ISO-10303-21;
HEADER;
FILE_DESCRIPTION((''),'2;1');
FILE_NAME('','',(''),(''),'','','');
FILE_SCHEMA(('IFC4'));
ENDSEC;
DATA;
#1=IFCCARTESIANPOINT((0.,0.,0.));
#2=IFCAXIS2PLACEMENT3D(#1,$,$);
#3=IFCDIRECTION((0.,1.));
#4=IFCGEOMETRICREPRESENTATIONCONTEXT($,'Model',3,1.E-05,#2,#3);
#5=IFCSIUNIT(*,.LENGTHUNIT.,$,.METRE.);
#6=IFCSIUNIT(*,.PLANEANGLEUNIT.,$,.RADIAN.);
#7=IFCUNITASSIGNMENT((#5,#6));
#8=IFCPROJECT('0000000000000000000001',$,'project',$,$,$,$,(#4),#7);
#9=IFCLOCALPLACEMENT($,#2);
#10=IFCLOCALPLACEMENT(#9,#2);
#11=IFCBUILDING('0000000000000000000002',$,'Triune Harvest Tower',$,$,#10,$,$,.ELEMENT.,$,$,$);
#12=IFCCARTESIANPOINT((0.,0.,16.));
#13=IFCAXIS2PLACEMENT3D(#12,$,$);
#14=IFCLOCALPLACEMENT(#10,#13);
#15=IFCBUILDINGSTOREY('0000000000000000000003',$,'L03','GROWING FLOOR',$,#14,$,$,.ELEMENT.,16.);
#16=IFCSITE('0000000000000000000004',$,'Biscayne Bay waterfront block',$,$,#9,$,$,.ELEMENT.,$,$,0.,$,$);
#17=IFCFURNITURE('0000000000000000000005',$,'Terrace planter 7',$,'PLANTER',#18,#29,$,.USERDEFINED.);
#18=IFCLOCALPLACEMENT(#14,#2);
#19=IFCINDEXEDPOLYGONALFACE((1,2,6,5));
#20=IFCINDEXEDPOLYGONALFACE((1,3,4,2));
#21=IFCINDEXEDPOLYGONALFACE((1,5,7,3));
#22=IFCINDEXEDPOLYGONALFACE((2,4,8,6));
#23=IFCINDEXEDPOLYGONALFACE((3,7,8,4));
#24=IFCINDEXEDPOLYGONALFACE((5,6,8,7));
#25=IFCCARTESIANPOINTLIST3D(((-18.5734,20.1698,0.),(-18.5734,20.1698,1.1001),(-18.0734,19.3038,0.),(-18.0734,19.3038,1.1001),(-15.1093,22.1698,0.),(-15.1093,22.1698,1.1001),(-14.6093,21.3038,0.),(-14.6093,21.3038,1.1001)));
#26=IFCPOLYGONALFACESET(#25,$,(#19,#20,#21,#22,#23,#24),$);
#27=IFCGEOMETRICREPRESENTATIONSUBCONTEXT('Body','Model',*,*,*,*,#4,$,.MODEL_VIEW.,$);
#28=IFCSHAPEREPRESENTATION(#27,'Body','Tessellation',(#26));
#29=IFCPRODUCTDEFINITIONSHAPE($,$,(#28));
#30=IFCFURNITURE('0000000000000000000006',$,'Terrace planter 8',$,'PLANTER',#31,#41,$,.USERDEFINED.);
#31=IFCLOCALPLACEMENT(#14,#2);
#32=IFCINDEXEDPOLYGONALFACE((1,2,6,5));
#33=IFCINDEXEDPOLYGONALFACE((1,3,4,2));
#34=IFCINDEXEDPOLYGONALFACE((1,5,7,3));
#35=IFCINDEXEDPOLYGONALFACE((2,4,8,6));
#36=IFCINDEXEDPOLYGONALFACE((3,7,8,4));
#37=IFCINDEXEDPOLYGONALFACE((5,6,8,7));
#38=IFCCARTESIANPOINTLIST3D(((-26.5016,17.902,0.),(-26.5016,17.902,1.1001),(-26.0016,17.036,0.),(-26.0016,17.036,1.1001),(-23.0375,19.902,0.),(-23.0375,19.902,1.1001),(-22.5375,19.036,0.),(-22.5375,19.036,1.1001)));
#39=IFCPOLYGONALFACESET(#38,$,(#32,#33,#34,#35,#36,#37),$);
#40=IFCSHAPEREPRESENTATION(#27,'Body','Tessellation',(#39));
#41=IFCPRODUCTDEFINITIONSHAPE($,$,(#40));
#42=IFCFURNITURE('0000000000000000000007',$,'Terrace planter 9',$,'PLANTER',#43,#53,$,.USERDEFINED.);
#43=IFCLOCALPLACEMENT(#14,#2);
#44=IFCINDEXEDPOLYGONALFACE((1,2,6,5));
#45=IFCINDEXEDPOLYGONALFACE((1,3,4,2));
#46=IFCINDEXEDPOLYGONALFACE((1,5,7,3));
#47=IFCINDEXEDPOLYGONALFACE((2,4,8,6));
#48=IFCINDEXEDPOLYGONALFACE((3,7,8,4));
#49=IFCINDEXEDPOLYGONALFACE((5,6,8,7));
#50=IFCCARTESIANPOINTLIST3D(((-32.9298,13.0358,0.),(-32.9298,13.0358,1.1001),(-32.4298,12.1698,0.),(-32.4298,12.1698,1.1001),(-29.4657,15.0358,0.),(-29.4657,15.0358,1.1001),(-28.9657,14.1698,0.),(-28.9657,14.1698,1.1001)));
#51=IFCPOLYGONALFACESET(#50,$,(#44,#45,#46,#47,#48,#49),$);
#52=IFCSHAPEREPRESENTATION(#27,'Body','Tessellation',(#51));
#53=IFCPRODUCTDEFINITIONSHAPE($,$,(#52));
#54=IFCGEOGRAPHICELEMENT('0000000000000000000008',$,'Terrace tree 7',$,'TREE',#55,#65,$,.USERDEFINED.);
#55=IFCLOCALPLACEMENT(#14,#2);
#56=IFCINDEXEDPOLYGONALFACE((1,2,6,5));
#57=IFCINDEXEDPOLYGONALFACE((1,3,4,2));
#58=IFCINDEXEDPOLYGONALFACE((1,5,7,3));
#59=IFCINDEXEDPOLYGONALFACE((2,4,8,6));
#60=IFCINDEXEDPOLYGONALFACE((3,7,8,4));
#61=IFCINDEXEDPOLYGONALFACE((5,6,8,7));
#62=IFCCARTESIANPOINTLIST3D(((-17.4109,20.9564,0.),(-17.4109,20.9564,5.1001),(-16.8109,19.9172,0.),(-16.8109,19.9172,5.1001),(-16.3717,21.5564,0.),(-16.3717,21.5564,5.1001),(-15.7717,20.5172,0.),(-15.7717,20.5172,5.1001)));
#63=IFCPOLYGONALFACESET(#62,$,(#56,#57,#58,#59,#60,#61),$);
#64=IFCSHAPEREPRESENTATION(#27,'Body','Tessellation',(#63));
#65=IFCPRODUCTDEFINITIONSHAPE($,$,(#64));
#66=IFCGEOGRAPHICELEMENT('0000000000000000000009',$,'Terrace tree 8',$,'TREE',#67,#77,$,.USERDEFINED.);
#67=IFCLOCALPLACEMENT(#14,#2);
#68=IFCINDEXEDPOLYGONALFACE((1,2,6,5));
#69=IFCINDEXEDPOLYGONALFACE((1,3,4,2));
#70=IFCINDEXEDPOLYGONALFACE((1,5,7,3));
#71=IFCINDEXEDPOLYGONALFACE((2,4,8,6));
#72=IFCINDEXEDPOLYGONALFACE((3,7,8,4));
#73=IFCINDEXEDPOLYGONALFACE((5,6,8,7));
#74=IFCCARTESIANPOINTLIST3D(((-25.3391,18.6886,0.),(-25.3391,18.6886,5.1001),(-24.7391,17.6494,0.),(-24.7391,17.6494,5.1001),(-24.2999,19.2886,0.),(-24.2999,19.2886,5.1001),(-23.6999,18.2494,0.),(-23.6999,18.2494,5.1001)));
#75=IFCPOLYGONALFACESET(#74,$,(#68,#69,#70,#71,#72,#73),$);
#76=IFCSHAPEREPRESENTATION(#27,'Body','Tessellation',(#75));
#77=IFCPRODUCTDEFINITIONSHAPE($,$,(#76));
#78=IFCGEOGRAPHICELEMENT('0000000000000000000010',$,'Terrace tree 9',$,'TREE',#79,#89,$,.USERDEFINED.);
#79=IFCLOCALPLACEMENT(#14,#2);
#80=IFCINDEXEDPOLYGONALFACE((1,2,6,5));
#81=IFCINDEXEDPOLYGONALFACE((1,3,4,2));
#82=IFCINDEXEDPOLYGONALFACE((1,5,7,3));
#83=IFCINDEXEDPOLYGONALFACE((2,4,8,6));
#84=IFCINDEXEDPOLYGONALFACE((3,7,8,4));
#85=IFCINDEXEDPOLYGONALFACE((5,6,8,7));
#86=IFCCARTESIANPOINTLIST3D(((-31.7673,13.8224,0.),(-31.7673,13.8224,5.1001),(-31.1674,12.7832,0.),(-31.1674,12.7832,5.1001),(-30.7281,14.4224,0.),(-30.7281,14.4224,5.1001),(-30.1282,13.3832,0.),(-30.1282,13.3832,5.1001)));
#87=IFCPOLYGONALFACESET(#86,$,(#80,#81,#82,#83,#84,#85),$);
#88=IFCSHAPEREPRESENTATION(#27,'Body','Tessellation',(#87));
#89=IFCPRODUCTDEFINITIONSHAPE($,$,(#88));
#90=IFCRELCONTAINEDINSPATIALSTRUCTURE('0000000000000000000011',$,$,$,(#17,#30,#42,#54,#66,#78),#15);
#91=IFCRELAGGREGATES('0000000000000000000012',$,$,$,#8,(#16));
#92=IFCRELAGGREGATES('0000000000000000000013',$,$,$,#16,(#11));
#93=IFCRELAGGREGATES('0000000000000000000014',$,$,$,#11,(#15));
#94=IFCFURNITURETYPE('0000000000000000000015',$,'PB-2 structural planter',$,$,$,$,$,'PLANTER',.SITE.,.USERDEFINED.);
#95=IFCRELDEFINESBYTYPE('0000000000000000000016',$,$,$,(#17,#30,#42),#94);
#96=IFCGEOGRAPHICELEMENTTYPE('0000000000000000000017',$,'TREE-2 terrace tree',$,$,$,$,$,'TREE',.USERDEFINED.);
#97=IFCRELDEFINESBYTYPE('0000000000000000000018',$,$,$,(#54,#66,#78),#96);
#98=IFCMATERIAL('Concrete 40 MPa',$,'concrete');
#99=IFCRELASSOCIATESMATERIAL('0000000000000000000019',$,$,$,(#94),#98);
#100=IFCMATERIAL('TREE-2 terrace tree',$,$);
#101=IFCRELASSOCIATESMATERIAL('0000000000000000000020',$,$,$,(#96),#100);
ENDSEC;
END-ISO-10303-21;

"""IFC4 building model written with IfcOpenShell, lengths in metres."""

from ifc_helpers import new_model, si_unit, direction, frame, origin, origin_2d, place, context, subcontext, project, spatial, rectangle, extrude, source, transform, mapped, material, type_object, element, save


model = new_model("IFC4")

# Units and contexts
model_context = context("Model", 3, precision=1e-05, world=origin(), true_north=direction((0.0, 1.0)))
body_context = subcontext(model_context, "Body", "Model", "MODEL_VIEW")
ifc_project = project(units=[si_unit("LENGTHUNIT", "METRE"), si_unit("PLANEANGLEUNIT", "RADIAN")], contexts=[model_context])

# Site, building, storey
site_placement = place(None, origin())
site = spatial("IfcSite", under=ifc_project, at=site_placement, Name="Biscayne Bay waterfront block", CompositionType="ELEMENT", RefElevation=0.0)
building_placement = place(site_placement, origin())
building = spatial("IfcBuilding", under=site, at=building_placement, Name="Triune Harvest Tower", CompositionType="ELEMENT")
storey_placement = place(building_placement, frame((0.0, 0.0, 16.0)))
storey = spatial("IfcBuildingStorey", under=building, at=storey_placement, Name="L03", Description="GROWING FLOOR", CompositionType="ELEMENT", Elevation=16.0)

# Furniture
ifc_material_1 = material(Name="Concrete 40 MPa", Category="concrete")
furniture_type = type_object("IfcFurnitureType", Name="PB-2 structural planter", ElementType="PLANTER", AssemblyPlace="SITE", PredefinedType="USERDEFINED", material=ifc_material_1)
shared_shape_1 = source(origin(), body_context, "Body", "SweptSolid", [
    extrude(rectangle(XDim=4.0, YDim=1.0, at=origin_2d()), origin(), (0.0, 0.0, 1.0), 1.1001),
])
for number, where, z_axis, x_axis, name in (
    (1, (-16.5913, 20.7368, 0.0), (0.0, 0.0, 1.0), (-0.866025, -0.5, 0.0), "Terrace planter 7"),
    (2, (-24.5195, 18.469, 0.0), (0.0, 0.0, 1.0), (-0.866025, -0.5, 0.0), "Terrace planter 8"),
    (3, (-30.9478, 13.6028, 0.0), (0.0, 0.0, 1.0), (-0.866025, -0.5, 0.0), "Terrace planter 9"),
):
    element("IfcFurniture", number, at=place(storey_placement, frame(where, z_axis=z_axis, x_axis=x_axis)), inside=storey, type_object=furniture_type, Name=name, ObjectType="PLANTER", PredefinedType="USERDEFINED", context=body_context, shape_type="MappedRepresentation", body=[
        mapped(shared_shape_1, transform((0.0, 0.0, 0.0), scale=1.0)),
    ])

# Geographic elements
ifc_material_2 = material(Name="TREE-2 terrace tree")
geographic_element_type = type_object("IfcGeographicElementType", Name="TREE-2 terrace tree", ElementType="TREE", PredefinedType="USERDEFINED", material=ifc_material_2)
shared_shape_2 = source(origin(), body_context, "Body", "SweptSolid", [
    extrude(rectangle(XDim=1.2, YDim=1.2, at=origin_2d()), origin(), (0.0, 0.0, 1.0), 5.1001),
])
for number, where, z_axis, x_axis, name in (
    (4, (-16.5913, 20.7368, 0.0), (0.0, 0.0, 1.0), (-0.866025, -0.5, 0.0), "Terrace tree 7"),
    (5, (-24.5195, 18.469, 0.0), (0.0, 0.0, 1.0), (-0.866025, -0.5, 0.0), "Terrace tree 8"),
    (6, (-30.9478, 13.6028, 0.0), (0.0, 0.0, 1.0), (-0.866025, -0.5, 0.0), "Terrace tree 9"),
):
    element("IfcGeographicElement", number, at=place(storey_placement, frame(where, z_axis=z_axis, x_axis=x_axis)), inside=storey, type_object=geographic_element_type, Name=name, ObjectType="TREE", PredefinedType="USERDEFINED", context=body_context, shape_type="MappedRepresentation", body=[
        mapped(shared_shape_2, transform((0.0, 0.0, 0.0), scale=1.0)),
    ])

save(model, "model.ifc")
